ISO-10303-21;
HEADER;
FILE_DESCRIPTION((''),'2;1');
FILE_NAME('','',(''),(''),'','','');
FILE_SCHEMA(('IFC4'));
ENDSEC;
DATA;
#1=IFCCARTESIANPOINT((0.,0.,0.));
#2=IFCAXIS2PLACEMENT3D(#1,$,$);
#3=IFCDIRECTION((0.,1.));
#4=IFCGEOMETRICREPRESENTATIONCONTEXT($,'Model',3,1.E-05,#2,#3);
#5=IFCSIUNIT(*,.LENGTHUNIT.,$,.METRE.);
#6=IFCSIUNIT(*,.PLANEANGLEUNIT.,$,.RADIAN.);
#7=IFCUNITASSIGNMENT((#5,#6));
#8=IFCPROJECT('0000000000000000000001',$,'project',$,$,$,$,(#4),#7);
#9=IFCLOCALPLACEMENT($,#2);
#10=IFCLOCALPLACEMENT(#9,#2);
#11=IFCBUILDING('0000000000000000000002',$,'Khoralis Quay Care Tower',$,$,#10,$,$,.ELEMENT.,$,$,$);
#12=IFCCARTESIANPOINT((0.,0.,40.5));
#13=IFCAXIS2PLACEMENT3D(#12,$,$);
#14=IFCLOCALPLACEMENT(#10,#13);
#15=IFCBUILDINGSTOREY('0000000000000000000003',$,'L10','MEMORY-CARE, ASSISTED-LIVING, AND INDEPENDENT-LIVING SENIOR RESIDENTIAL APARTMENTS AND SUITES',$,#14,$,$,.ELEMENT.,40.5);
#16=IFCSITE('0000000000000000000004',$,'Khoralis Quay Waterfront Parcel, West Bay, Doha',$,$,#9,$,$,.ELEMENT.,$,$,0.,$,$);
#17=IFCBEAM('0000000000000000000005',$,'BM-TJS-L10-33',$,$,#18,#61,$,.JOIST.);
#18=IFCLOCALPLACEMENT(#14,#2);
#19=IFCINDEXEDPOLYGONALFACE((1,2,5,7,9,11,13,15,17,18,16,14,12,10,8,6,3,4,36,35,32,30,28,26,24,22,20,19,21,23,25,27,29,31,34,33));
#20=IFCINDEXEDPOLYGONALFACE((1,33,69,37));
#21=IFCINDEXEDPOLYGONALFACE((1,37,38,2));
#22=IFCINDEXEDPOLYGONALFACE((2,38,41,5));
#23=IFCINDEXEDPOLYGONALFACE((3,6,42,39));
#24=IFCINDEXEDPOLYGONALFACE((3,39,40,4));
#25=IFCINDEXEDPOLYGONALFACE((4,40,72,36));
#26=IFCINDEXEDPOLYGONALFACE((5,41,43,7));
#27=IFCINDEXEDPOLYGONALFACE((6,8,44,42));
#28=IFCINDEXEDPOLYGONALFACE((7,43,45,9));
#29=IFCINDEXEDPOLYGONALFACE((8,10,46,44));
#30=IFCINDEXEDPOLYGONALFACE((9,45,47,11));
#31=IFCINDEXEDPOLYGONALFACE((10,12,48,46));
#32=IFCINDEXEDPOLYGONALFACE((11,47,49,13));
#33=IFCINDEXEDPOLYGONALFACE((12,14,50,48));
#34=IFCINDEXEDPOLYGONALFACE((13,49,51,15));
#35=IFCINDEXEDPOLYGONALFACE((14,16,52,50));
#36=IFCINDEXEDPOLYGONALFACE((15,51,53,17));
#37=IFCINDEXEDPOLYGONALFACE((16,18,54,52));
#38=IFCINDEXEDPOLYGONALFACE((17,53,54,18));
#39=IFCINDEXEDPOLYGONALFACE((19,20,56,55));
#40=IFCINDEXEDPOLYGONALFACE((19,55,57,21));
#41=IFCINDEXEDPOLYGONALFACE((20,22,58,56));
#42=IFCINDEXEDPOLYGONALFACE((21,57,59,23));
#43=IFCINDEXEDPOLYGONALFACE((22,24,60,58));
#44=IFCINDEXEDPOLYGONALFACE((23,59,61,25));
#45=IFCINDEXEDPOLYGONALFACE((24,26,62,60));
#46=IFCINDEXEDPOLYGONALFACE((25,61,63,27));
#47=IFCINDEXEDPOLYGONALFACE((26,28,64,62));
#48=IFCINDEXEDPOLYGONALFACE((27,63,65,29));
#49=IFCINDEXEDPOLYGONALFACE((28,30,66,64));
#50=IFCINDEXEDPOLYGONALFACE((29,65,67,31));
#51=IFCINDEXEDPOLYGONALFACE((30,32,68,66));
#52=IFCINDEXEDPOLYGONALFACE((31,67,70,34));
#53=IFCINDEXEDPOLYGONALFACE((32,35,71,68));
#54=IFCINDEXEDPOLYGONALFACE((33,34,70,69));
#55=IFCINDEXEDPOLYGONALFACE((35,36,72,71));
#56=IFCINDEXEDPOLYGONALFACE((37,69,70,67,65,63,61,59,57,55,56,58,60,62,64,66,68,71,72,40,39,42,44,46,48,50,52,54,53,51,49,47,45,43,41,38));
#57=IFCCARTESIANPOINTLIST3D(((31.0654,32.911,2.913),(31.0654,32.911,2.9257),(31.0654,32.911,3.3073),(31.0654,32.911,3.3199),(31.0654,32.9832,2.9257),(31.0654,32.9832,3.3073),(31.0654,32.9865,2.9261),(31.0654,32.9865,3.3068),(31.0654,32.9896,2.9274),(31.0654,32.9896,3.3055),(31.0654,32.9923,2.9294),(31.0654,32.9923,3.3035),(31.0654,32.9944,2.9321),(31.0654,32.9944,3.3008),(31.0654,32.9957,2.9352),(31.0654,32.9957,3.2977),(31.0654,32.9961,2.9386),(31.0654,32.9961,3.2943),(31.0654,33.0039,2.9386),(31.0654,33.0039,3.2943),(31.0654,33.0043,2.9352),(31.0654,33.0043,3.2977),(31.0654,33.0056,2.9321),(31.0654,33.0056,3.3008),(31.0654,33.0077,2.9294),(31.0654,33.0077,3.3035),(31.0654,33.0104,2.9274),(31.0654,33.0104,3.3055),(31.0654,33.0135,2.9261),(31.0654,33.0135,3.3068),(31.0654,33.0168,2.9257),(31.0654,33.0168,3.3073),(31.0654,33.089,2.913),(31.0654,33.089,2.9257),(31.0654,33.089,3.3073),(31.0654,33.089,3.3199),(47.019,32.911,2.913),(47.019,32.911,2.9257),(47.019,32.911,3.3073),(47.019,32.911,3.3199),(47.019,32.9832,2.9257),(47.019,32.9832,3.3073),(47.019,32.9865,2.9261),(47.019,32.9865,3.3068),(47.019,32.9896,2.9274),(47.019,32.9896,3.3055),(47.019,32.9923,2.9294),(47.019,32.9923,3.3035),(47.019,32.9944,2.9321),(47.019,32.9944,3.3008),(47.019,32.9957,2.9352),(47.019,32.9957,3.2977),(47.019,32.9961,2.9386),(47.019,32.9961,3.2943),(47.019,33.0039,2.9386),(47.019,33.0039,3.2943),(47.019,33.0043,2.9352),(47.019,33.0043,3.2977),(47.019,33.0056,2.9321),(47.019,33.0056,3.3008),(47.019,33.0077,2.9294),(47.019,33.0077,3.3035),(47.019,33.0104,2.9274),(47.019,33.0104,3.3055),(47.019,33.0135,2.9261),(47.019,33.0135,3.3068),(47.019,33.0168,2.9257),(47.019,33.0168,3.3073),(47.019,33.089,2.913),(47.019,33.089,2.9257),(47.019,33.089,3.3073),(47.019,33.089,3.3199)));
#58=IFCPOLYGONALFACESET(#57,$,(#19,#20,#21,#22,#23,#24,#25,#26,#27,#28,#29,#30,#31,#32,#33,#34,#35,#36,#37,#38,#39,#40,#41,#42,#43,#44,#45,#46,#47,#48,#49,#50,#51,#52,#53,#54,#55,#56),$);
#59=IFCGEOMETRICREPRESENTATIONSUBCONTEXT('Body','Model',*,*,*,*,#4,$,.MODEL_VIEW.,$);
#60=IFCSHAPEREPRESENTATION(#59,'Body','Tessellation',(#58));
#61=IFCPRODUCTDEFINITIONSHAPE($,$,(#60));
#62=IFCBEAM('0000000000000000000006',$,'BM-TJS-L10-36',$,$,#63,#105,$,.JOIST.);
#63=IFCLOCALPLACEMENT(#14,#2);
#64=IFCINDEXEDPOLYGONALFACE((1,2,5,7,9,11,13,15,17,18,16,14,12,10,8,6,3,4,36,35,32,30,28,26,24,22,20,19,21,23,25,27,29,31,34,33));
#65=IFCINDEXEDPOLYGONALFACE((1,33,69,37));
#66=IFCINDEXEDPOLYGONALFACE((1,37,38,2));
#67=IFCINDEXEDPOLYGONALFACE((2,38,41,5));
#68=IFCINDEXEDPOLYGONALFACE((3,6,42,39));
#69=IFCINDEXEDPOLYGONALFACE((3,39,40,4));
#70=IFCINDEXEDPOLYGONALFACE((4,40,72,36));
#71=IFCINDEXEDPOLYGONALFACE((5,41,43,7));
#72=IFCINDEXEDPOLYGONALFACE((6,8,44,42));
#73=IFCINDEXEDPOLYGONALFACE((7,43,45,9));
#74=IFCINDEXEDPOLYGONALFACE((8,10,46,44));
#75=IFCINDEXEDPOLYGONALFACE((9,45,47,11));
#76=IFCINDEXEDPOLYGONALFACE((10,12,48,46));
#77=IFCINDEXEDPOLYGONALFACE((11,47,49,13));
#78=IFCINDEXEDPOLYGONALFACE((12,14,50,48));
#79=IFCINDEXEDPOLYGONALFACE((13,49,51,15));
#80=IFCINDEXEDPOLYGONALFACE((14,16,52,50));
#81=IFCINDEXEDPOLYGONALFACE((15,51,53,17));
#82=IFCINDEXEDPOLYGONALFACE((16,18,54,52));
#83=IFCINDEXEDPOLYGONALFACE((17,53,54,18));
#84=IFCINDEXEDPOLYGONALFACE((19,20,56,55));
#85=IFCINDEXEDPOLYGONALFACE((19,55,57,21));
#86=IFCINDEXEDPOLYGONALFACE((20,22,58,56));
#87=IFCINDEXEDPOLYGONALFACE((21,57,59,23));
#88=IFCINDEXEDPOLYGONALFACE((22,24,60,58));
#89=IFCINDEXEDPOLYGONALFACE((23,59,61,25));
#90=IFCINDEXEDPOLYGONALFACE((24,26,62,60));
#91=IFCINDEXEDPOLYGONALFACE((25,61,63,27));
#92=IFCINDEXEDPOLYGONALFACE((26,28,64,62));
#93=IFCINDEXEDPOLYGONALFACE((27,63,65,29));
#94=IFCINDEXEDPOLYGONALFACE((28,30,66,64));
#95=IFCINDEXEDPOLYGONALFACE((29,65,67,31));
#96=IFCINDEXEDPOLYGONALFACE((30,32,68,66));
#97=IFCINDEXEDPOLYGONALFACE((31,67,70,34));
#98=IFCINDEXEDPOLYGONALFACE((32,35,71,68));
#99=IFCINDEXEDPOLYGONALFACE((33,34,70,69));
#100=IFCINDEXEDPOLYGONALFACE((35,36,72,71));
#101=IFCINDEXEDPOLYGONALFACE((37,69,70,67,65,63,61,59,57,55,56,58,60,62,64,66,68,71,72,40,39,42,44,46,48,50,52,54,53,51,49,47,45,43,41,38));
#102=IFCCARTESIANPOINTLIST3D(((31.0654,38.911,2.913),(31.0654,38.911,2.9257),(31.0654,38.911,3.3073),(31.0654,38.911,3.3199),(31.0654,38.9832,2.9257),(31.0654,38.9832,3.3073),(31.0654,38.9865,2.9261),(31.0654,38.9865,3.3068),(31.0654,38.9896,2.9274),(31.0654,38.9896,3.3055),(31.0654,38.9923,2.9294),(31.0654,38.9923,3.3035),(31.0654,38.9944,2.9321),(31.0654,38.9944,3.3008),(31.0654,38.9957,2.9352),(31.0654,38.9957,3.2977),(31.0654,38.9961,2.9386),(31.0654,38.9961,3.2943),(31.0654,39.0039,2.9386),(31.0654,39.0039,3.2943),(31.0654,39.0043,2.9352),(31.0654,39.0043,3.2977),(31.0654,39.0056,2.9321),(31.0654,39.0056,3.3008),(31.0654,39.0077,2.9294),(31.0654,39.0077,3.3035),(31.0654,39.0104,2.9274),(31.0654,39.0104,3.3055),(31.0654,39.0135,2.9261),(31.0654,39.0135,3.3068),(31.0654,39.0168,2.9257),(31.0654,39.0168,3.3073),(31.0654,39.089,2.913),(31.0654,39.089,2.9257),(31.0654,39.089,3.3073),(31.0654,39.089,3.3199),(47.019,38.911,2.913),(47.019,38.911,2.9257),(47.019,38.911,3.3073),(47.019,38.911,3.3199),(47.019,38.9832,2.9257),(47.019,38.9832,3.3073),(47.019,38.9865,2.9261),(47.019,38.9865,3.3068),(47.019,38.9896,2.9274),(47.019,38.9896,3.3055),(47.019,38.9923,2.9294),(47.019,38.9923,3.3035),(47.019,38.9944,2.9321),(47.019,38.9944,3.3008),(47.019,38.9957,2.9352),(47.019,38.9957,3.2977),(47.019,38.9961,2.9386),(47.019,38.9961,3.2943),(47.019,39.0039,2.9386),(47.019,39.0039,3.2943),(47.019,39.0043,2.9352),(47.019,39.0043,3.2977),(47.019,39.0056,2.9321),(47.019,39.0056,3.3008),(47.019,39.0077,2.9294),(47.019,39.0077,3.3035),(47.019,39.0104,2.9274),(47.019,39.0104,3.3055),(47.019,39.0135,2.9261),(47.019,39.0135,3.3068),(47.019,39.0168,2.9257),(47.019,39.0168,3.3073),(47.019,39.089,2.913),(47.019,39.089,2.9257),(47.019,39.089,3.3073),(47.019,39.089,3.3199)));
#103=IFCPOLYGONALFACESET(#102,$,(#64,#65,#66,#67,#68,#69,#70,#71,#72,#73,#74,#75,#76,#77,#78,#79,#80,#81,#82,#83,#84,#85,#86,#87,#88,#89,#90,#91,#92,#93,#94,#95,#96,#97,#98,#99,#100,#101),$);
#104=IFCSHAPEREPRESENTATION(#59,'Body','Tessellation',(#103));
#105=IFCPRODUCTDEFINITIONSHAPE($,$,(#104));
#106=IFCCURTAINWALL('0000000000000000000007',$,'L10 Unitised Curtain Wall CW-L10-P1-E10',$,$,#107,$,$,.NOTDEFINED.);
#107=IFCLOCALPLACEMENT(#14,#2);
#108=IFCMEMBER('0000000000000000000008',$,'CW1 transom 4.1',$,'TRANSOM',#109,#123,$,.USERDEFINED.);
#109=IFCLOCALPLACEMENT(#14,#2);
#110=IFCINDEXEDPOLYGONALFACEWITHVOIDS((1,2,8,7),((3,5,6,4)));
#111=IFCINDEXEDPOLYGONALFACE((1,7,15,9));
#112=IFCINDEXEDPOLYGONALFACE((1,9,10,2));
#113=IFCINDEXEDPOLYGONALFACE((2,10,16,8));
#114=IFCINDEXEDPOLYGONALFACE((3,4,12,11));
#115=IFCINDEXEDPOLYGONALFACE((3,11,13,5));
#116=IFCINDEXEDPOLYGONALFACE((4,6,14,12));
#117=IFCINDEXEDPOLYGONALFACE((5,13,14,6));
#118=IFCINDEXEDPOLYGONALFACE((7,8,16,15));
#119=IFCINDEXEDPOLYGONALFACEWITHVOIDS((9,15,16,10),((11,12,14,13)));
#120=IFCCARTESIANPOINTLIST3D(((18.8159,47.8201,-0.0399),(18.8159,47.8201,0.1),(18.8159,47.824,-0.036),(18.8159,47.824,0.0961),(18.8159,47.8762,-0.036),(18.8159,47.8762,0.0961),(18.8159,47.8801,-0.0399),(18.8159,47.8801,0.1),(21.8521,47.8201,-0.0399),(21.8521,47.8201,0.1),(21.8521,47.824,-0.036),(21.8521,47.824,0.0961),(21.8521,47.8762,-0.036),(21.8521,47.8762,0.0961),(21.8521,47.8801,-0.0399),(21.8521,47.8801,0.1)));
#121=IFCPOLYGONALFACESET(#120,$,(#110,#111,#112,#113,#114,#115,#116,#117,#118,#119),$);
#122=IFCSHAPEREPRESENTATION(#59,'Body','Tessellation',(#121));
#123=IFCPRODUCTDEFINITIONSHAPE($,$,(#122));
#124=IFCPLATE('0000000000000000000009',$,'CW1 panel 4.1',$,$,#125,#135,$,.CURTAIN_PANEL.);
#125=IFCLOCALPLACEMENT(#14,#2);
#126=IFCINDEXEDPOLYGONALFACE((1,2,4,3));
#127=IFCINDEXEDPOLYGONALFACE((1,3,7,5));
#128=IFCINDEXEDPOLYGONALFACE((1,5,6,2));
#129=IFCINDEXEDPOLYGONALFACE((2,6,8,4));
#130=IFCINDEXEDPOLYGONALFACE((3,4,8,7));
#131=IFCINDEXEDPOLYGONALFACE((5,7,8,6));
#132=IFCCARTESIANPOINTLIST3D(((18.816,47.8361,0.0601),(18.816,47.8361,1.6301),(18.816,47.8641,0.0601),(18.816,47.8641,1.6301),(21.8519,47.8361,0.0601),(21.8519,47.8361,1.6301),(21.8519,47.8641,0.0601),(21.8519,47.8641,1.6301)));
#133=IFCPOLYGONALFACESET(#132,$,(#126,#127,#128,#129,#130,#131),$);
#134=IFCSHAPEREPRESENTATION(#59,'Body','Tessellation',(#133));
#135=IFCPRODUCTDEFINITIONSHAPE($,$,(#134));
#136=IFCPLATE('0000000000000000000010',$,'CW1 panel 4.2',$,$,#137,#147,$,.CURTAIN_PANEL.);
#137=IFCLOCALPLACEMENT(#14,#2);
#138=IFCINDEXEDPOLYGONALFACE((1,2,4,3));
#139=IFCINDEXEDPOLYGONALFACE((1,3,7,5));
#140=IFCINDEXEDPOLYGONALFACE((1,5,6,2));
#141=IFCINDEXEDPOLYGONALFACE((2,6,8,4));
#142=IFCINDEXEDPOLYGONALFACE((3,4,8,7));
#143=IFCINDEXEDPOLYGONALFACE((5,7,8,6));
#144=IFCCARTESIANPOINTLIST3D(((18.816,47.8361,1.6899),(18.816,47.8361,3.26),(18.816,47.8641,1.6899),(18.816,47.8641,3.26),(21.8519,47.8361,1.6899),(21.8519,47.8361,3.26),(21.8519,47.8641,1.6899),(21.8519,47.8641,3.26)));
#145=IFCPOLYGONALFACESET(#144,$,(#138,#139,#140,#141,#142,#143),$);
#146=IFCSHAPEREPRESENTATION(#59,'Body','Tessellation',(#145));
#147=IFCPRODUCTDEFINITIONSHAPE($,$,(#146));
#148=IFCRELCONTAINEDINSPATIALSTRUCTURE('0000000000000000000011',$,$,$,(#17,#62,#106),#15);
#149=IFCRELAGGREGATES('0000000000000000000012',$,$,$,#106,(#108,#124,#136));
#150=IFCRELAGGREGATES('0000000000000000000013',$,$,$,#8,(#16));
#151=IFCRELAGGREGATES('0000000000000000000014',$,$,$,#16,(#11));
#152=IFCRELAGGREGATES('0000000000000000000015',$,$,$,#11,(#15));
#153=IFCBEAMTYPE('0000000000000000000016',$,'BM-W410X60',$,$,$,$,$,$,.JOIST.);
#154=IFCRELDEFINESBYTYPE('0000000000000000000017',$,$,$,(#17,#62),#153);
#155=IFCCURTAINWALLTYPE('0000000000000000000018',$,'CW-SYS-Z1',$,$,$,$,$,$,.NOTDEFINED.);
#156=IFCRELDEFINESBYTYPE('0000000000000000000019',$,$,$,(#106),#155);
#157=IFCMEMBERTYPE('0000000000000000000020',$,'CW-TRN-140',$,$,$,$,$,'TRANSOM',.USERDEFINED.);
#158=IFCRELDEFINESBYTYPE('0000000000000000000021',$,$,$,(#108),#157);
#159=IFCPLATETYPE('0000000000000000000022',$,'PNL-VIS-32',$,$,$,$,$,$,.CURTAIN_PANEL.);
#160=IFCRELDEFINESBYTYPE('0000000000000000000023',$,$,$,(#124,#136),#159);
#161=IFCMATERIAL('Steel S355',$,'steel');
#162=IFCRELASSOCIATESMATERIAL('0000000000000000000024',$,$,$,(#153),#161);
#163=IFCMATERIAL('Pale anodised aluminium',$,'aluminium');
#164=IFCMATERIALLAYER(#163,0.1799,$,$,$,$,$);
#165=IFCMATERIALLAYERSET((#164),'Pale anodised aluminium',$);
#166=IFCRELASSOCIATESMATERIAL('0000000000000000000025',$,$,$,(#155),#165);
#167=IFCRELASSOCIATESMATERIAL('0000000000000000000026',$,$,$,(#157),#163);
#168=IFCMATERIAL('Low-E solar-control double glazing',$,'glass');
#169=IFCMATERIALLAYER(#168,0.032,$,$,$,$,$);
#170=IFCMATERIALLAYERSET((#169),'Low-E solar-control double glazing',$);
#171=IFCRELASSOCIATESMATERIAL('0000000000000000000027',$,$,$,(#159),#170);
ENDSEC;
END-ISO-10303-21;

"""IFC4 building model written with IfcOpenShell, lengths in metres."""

from ifc_helpers import new_model, si_unit, direction, frame, origin, origin_2d, place, context, subcontext, project, spatial, rectangle, hollow_rectangle, i_section, extrude, source, transform, mapped, material, layer, layer_set, material_profile, profile_set, type_object, element, aggregate, save


model = new_model("IFC4")

# Units and contexts
model_context = context("Model", 3, precision=1e-05, world=origin(), true_north=direction((0.0, 1.0)))
body_context = subcontext(model_context, "Body", "Model", "MODEL_VIEW")
ifc_project = project(units=[si_unit("LENGTHUNIT", "METRE"), si_unit("PLANEANGLEUNIT", "RADIAN")], contexts=[model_context])

# Site, building, storey
site_placement = place(None, origin())
site = spatial("IfcSite", under=ifc_project, at=site_placement, Name="Khoralis Quay Waterfront Parcel, West Bay, Doha", CompositionType="ELEMENT", RefElevation=0.0)
building_placement = place(site_placement, origin())
building = spatial("IfcBuilding", under=site, at=building_placement, Name="Khoralis Quay Care Tower", CompositionType="ELEMENT")
storey_placement = place(building_placement, frame((0.0, 0.0, 40.5)))
storey = spatial("IfcBuildingStorey", under=building, at=storey_placement, Name="L10", Description="MEMORY-CARE, ASSISTED-LIVING, AND INDEPENDENT-LIVING SENIOR RESIDENTIAL APARTMENTS AND SUITES", CompositionType="ELEMENT", Elevation=40.5)

# Beams
ifc_material_1 = material(Name="Steel S355", Category="steel")
ifc_material_profile_1 = material_profile(ifc_material_1, i_section(OverallWidth=0.178, OverallDepth=0.407, WebThickness=0.0078, FlangeThickness=0.0127, FilletRadius=0.0129, at=origin_2d()), Name="Steel S355")
ifc_profile_set_1 = profile_set([ifc_material_profile_1], Name="Steel S355")
beam_type_1 = type_object("IfcBeamType", Name="BM-W410X60", PredefinedType="JOIST", material=ifc_profile_set_1)
shared_shape_1 = source(origin(), body_context, "Body", "SweptSolid", [
    extrude(i_section(OverallWidth=0.178, OverallDepth=0.407, WebThickness=0.0078, FlangeThickness=0.0127, FilletRadius=0.0129, at=origin_2d()), origin(), (0.0, 0.0, 1.0), 15.9536),
])
for number, where, z_axis, x_axis, name in (
    (1, (31.0654, 33.0, 3.1165), (1.0, 0.0, 0.0), (0.0, 1.0, 0.0), "BM-TJS-L10-33"),
    (2, (31.0654, 39.0, 3.1165), (1.0, 0.0, 0.0), (0.0, 1.0, 0.0), "BM-TJS-L10-36"),
):
    element("IfcBeam", number, at=place(storey_placement, frame(where, z_axis=z_axis, x_axis=x_axis)), inside=storey, type_object=beam_type_1, Name=name, PredefinedType="JOIST", context=body_context, shape_type="MappedRepresentation", body=[
        mapped(shared_shape_1, transform((0.0, 0.0, 0.0), scale=1.0)),
    ])

# Curtain wall, member, plates
ifc_material_2 = material(Name="Pale anodised aluminium", Category="aluminium")
ifc_layer_1 = layer(ifc_material_2, 0.1799)
ifc_layer_set_1 = layer_set([ifc_layer_1], Name="Pale anodised aluminium")
curtain_wall_type = type_object("IfcCurtainWallType", Name="CW-SYS-Z1", PredefinedType="NOTDEFINED", material=ifc_layer_set_1)
curtain_wall_placement = place(storey_placement, origin())
curtain_wall = element("IfcCurtainWall", 3, at=curtain_wall_placement, inside=storey, type_object=curtain_wall_type, Name="L10 Unitised Curtain Wall CW-L10-P1-E10", PredefinedType="NOTDEFINED")
ifc_material_profile_2 = material_profile(ifc_material_2, hollow_rectangle(XDim=0.0601, YDim=0.1399, WallThickness=0.0039, at=origin_2d()), Name="Pale anodised aluminium")
ifc_profile_set_2 = profile_set([ifc_material_profile_2], Name="Pale anodised aluminium")
member_type = type_object("IfcMemberType", Name="CW-TRN-140", ElementType="TRANSOM", PredefinedType="USERDEFINED", material=ifc_profile_set_2)
shared_shape_2 = source(origin(), body_context, "Body", "SweptSolid", [
    extrude(hollow_rectangle(XDim=0.0601, YDim=0.1399, WallThickness=0.0039, at=origin_2d()), origin(), (0.0, 0.0, 1.0), 3.0361),
])
member_placement = place(storey_placement, frame((21.8521, 47.8501, 0.03), z_axis=(-1.0, 0.0, 0.0), x_axis=(0.0, -1.0, 0.0)))
member = element("IfcMember", 4, at=member_placement, type_object=member_type, Name="CW1 transom 4.1", ObjectType="TRANSOM", PredefinedType="USERDEFINED", context=body_context, shape_type="MappedRepresentation", body=[
    mapped(shared_shape_2, transform((0.0, 0.0, 0.0), scale=1.0)),
])
ifc_material_3 = material(Name="Low-E solar-control double glazing", Category="glass")
ifc_layer_2 = layer(ifc_material_3, 0.032)
ifc_layer_set_2 = layer_set([ifc_layer_2], Name="Low-E solar-control double glazing")
plate_type = type_object("IfcPlateType", Name="PNL-VIS-32", PredefinedType="CURTAIN_PANEL", material=ifc_layer_set_2)
shared_shape_3 = source(origin(), body_context, "Body", "SweptSolid", [
    extrude(rectangle(XDim=3.0359, YDim=0.0281, at=origin_2d()), origin(), (0.0, 0.0, 1.0), 1.5701),
])
plate_1_placement = place(storey_placement, frame((20.334, 47.8501, 0.0601), z_axis=(0.0, 0.0, 1.0), x_axis=(-1.0, 0.0, 0.0)))
plate_1 = element("IfcPlate", 5, at=plate_1_placement, type_object=plate_type, Name="CW1 panel 4.1", PredefinedType="CURTAIN_PANEL", context=body_context, shape_type="MappedRepresentation", body=[
    mapped(shared_shape_3, transform((0.0, 0.0, 0.0), scale=1.0)),
])
plate_2_placement = place(storey_placement, frame((20.334, 47.8501, 1.6899), z_axis=(0.0, 0.0, 1.0), x_axis=(-1.0, 0.0, 0.0)))
plate_2 = element("IfcPlate", 6, at=plate_2_placement, type_object=plate_type, Name="CW1 panel 4.2", PredefinedType="CURTAIN_PANEL", context=body_context, shape_type="MappedRepresentation", body=[
    mapped(shared_shape_3, transform((0.0, 0.0, 0.0), scale=1.0)),
])
aggregate(curtain_wall, [member, plate_1, plate_2])

save(model, "model.ifc")
